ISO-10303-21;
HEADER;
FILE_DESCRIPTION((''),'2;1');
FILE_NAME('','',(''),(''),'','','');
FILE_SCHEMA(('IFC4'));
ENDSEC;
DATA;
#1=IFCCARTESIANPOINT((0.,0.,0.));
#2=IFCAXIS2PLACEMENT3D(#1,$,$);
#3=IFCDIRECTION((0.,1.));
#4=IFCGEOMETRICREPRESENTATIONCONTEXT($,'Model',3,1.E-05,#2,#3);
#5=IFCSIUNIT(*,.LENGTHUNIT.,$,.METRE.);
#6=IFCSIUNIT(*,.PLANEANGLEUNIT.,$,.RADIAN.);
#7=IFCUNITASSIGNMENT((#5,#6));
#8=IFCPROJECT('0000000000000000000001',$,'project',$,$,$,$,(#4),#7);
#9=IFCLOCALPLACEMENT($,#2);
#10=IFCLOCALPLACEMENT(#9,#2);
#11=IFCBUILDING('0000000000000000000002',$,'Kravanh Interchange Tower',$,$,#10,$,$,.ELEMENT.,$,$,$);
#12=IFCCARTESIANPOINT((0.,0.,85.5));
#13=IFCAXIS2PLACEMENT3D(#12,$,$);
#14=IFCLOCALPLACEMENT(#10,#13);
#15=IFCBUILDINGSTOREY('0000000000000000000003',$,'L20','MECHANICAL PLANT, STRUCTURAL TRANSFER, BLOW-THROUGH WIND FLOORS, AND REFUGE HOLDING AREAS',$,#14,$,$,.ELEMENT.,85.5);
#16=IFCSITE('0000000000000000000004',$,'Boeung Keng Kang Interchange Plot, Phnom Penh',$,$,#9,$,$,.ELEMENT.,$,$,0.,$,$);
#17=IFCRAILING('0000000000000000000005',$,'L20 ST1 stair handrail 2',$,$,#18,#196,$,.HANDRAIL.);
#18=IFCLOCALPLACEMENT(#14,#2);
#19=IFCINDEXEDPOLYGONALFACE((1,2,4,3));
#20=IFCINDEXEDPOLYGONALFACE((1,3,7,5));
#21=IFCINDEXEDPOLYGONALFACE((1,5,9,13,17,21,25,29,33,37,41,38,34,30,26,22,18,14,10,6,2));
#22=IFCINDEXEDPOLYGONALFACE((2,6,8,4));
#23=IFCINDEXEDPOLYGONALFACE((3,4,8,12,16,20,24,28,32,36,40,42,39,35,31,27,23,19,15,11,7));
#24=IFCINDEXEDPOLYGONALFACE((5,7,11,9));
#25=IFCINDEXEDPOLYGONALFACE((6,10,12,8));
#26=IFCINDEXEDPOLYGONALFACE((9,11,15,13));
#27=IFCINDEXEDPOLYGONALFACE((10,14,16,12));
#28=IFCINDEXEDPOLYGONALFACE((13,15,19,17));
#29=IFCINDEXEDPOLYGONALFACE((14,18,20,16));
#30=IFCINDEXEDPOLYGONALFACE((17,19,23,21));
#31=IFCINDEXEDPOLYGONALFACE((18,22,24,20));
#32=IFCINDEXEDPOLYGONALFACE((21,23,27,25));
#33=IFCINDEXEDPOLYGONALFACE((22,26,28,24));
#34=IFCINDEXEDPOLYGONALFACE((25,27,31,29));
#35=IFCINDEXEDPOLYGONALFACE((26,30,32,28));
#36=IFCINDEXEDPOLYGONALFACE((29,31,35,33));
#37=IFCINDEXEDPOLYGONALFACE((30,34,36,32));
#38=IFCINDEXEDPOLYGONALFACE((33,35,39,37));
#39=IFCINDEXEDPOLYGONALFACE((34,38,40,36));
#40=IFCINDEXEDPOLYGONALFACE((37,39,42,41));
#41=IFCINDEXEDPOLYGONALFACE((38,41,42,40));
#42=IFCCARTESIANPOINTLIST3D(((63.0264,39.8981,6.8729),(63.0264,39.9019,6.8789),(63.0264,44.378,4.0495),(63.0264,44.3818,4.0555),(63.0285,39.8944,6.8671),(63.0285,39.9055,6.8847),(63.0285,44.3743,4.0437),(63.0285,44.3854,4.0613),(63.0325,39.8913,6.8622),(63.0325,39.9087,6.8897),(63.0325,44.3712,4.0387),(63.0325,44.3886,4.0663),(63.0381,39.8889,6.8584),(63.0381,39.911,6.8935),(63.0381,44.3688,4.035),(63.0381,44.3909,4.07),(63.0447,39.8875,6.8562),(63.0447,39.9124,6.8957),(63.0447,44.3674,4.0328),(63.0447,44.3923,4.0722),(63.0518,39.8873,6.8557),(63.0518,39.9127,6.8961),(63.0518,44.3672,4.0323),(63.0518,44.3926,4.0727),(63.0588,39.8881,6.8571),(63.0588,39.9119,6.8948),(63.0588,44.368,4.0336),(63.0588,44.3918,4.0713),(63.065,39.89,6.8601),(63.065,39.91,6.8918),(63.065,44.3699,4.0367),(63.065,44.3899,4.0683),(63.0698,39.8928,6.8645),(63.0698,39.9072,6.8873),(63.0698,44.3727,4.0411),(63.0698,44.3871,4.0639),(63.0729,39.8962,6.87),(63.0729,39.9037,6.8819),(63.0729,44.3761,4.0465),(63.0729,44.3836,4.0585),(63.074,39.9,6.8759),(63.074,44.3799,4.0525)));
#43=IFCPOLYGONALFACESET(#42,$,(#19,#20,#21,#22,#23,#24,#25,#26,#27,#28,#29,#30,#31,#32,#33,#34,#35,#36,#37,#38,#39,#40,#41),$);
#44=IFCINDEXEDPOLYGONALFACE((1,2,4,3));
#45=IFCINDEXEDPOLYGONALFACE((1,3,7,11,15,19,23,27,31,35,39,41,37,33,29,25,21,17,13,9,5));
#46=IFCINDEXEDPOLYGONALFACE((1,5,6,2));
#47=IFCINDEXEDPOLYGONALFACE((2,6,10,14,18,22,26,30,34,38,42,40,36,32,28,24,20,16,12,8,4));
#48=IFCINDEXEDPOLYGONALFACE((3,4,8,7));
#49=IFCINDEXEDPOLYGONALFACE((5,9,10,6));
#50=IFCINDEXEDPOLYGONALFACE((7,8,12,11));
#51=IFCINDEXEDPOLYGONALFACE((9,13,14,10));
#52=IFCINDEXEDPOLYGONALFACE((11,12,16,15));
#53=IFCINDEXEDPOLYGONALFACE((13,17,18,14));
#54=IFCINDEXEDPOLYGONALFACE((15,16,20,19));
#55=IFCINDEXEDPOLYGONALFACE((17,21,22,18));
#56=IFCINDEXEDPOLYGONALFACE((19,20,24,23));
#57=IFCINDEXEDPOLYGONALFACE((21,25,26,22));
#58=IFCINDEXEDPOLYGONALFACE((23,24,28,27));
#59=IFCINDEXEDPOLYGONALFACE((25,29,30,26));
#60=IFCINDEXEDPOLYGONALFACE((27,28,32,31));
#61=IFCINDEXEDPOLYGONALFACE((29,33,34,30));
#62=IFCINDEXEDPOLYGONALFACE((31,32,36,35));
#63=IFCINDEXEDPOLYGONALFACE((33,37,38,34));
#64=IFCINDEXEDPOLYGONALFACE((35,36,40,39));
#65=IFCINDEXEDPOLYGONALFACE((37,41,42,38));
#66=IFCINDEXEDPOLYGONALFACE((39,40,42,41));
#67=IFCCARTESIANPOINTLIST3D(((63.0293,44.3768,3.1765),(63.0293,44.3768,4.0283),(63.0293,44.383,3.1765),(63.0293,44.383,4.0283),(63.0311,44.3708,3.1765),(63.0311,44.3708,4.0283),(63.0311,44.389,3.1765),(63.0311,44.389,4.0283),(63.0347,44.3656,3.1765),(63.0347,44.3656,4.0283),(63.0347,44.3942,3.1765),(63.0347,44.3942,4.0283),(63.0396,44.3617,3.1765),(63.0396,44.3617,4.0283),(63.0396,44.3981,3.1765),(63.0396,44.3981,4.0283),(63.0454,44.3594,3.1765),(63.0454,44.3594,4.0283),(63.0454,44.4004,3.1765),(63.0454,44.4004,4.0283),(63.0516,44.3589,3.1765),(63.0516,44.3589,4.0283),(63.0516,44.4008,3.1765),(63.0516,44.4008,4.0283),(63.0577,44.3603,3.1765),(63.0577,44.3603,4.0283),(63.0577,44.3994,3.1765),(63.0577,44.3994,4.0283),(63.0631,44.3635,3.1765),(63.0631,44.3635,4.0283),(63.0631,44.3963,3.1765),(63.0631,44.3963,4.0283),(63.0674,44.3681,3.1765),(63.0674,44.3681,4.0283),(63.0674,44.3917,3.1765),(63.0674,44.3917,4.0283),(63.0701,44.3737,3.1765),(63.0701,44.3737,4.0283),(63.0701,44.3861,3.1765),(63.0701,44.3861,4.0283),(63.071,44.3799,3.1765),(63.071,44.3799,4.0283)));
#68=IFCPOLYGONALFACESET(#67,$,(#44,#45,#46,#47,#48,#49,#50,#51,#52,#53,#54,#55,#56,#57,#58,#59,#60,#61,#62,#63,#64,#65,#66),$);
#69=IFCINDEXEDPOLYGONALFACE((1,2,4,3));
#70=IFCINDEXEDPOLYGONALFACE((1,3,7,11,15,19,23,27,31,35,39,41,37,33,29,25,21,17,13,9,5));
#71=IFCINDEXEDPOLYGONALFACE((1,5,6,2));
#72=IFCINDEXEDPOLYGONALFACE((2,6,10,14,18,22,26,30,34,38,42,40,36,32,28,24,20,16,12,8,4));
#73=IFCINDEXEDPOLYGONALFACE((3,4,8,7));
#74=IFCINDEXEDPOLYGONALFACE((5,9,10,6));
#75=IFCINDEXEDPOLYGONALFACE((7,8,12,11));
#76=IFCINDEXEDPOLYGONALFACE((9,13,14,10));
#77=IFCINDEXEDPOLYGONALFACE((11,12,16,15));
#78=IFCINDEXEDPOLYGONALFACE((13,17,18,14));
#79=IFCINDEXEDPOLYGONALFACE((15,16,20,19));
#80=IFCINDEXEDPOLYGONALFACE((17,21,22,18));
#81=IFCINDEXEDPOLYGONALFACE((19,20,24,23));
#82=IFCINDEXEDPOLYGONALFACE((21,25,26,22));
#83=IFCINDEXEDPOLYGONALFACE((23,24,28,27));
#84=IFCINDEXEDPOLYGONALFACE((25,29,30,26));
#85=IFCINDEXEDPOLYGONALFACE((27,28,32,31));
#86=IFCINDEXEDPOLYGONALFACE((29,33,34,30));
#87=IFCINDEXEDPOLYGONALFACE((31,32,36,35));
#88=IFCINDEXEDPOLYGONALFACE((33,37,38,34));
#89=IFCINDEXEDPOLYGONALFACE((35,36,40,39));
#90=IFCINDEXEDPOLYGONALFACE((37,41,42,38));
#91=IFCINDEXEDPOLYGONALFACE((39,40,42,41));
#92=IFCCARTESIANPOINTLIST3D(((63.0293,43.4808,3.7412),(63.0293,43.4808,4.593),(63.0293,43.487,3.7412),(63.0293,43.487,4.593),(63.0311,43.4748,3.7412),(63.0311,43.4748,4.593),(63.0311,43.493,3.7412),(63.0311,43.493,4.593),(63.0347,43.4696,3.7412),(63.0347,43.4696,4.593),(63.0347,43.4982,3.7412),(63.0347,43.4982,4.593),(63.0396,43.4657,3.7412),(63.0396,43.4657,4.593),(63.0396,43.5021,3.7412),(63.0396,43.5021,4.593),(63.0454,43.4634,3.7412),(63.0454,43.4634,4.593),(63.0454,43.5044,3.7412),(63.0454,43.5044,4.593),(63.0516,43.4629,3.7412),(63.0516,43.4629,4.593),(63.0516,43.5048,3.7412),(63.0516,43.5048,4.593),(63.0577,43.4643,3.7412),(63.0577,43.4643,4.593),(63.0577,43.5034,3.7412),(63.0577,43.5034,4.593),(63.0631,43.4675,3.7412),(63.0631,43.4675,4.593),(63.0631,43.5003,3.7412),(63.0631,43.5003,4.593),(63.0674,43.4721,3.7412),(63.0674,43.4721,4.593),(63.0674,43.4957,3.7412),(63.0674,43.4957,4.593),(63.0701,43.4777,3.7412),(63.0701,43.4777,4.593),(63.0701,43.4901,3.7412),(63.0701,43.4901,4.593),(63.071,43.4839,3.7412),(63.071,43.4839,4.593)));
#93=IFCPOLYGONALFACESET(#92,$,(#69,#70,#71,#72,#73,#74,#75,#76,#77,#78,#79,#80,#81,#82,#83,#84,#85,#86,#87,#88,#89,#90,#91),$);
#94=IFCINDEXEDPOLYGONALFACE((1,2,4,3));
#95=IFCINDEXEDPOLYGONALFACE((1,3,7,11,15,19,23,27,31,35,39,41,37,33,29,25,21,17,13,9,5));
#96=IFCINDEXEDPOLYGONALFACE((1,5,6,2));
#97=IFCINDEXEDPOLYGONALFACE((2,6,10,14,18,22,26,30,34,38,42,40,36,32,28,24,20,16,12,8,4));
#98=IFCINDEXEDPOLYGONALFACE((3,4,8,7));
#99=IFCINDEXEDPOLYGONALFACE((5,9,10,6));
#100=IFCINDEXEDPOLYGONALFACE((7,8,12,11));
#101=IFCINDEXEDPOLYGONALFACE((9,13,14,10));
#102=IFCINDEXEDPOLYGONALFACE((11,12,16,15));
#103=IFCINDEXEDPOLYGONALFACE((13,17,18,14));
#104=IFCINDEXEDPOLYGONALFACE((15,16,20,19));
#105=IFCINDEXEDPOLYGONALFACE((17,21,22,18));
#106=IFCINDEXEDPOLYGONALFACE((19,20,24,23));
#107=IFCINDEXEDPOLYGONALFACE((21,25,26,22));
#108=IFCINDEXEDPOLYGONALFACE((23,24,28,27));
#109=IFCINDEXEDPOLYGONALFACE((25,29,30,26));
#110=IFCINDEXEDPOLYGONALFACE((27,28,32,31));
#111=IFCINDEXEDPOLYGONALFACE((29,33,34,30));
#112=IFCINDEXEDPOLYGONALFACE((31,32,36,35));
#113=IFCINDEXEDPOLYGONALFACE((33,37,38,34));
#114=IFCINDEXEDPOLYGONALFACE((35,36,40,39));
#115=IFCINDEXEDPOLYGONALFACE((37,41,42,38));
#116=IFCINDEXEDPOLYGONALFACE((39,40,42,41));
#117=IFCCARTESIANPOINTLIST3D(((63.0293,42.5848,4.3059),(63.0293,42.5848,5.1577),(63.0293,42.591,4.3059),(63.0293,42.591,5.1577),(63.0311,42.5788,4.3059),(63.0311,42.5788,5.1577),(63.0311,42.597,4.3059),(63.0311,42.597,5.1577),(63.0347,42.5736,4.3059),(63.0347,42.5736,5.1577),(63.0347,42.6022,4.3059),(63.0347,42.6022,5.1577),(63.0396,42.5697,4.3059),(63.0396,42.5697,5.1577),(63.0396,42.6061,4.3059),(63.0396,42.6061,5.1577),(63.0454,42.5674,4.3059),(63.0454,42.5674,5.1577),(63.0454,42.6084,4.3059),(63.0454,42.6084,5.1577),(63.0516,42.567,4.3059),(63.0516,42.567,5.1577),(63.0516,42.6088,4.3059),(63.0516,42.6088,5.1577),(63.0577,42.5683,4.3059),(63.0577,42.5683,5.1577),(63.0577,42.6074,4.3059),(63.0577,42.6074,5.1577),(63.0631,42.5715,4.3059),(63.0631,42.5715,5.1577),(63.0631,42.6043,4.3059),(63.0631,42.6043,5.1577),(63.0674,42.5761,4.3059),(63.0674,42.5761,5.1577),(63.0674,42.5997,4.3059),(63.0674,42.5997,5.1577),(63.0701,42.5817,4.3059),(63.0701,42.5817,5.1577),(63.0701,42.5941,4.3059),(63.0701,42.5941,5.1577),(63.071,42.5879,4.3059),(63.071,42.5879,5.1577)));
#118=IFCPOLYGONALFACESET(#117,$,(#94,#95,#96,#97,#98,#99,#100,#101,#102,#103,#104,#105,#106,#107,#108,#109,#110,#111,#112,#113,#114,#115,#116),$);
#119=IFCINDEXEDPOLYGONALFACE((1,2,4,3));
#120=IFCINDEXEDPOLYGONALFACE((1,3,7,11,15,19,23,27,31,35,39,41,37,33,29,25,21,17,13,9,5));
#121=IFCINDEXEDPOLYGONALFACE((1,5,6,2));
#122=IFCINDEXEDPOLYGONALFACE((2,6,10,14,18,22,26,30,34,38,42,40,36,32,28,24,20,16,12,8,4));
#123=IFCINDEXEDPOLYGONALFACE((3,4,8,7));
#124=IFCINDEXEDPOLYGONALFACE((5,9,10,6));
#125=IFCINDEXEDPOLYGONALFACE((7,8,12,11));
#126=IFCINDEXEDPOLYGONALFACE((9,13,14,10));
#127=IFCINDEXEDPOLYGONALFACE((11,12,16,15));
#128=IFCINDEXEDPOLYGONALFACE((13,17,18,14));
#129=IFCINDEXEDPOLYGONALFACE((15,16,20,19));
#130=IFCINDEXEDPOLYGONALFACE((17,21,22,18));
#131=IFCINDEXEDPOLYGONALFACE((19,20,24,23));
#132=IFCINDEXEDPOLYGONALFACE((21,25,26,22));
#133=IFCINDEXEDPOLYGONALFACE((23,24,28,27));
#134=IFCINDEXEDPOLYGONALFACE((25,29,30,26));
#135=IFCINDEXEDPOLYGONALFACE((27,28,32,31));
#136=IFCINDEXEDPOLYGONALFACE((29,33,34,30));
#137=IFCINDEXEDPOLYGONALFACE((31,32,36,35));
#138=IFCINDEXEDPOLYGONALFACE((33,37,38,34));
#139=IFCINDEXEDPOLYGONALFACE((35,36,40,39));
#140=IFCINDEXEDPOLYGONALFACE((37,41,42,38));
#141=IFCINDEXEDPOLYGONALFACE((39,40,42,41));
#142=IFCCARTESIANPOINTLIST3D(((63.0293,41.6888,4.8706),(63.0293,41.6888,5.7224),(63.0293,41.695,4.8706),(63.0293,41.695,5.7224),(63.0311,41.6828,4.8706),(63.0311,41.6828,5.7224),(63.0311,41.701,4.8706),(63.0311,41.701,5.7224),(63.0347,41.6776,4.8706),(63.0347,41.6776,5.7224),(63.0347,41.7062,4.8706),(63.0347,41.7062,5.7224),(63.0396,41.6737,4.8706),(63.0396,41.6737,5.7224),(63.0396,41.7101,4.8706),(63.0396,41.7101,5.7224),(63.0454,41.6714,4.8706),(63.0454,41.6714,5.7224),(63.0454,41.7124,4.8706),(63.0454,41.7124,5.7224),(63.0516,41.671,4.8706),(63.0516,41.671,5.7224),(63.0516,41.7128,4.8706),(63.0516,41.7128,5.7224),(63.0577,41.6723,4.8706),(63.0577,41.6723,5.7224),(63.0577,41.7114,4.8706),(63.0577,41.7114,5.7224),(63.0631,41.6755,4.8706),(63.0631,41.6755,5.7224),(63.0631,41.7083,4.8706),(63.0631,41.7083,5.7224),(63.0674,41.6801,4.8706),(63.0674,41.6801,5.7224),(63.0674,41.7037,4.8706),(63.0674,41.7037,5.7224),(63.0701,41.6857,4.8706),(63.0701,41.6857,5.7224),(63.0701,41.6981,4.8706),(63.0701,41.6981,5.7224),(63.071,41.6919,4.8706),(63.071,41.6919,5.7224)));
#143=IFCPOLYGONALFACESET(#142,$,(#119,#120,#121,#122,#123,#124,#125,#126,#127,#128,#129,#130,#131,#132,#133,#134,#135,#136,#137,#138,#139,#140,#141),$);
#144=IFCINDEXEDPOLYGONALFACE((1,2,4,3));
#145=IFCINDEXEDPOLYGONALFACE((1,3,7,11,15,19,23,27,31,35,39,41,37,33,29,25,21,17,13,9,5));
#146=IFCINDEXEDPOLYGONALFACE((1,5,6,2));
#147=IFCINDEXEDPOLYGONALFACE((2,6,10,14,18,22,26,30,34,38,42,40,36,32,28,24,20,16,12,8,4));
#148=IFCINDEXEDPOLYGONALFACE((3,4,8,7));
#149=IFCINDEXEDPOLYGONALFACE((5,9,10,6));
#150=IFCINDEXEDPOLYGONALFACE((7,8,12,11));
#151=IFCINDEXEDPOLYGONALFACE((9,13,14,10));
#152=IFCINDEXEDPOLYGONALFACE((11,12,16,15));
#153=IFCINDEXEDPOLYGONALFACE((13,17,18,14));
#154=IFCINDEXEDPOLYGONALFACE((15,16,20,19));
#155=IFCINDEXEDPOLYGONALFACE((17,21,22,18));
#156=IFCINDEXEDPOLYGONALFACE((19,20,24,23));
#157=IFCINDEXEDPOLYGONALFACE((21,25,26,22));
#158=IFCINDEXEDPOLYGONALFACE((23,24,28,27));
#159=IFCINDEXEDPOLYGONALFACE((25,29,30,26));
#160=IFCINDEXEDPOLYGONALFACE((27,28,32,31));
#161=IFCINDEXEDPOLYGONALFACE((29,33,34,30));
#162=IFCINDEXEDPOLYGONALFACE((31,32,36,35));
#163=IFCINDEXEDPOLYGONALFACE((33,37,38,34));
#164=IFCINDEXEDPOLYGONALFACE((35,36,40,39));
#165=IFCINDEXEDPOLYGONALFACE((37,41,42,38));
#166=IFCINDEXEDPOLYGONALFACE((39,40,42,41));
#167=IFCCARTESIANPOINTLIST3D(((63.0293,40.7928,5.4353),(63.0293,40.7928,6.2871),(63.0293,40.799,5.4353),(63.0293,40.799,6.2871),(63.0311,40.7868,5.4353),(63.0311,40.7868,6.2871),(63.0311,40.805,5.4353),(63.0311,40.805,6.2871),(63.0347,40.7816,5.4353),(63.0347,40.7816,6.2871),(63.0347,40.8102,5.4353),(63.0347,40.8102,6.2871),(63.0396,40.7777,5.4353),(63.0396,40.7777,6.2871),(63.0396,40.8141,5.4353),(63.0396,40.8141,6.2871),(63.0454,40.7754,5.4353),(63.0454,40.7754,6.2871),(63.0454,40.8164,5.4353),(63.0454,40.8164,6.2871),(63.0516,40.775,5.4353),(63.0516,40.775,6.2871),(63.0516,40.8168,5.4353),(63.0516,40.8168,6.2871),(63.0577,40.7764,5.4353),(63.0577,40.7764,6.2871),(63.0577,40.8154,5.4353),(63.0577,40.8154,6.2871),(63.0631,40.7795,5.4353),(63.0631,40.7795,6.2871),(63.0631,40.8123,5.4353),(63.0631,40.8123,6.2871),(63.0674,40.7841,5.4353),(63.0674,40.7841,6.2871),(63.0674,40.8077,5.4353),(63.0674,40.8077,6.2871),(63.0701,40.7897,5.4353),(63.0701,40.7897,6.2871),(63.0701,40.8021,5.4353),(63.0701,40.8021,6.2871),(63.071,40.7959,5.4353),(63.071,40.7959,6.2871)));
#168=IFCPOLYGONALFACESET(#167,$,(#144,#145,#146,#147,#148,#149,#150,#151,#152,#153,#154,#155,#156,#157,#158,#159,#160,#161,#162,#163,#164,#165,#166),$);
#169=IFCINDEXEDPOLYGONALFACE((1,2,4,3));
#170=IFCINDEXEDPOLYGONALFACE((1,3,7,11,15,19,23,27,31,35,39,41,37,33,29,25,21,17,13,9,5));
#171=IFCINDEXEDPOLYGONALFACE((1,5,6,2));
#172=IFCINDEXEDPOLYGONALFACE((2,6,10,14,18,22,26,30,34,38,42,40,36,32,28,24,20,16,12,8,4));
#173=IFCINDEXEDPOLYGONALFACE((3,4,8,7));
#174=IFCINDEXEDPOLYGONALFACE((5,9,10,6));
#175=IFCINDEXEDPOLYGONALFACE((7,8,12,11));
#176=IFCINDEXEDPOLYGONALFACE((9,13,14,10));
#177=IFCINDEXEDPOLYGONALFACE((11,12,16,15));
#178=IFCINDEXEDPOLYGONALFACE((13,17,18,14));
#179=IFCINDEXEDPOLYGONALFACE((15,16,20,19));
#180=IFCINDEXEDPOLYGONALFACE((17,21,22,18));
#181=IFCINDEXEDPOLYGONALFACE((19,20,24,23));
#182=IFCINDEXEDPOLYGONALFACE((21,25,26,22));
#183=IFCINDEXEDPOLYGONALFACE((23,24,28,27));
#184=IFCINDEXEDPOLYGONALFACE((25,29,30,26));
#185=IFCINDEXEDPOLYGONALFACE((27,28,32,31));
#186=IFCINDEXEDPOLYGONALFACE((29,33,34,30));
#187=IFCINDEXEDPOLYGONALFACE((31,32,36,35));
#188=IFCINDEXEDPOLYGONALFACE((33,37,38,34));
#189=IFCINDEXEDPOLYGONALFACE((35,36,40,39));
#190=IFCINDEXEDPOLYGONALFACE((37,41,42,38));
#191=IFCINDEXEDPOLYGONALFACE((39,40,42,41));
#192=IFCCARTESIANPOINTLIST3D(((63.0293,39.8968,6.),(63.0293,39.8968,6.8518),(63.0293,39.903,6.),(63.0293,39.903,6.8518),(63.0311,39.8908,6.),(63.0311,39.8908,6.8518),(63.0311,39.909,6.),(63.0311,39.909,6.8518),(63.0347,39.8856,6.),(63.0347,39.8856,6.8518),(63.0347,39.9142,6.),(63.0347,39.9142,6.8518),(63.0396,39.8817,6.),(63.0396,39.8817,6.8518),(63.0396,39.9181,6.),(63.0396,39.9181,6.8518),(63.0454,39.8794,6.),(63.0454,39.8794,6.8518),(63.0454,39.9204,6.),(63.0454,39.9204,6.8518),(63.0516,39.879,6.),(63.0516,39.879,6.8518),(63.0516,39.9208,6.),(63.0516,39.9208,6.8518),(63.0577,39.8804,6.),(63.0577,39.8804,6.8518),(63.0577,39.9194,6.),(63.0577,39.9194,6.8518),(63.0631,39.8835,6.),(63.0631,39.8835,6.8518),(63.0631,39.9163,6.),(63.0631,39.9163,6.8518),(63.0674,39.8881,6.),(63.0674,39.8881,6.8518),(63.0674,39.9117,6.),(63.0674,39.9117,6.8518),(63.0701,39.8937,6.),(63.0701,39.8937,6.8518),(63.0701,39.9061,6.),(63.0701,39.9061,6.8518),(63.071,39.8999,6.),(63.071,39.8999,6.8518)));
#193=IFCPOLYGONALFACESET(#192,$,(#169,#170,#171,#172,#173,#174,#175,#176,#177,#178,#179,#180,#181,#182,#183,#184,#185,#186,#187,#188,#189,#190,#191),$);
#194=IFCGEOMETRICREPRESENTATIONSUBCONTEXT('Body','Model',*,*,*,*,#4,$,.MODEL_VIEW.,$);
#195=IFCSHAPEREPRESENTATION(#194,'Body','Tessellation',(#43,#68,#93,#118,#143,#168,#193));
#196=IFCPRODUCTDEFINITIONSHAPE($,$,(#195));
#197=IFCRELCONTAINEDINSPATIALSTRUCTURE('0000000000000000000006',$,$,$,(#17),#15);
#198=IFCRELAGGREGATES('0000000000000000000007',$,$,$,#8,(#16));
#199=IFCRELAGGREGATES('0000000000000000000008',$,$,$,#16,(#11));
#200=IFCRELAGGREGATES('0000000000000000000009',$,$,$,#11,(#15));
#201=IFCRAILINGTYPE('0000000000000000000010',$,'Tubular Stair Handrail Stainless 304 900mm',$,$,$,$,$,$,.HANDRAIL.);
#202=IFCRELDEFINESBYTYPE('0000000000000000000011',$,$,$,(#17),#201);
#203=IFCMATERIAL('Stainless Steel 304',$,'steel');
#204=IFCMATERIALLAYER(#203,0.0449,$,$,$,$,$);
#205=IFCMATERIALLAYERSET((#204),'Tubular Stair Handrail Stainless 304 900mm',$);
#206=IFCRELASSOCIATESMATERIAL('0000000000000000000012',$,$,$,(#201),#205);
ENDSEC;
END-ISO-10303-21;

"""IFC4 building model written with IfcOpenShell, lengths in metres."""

from ifc_helpers import new_model, si_unit, direction, frame, origin, origin_2d, place, context, subcontext, project, spatial, circle, extrude, material, layer, layer_set, type_object, element, save


model = new_model("IFC4")

# Units and contexts
model_context = context("Model", 3, precision=1e-05, world=origin(), true_north=direction((0.0, 1.0)))
body_context = subcontext(model_context, "Body", "Model", "MODEL_VIEW")
ifc_project = project(units=[si_unit("LENGTHUNIT", "METRE"), si_unit("PLANEANGLEUNIT", "RADIAN")], contexts=[model_context])

# Site, building, storey
site_placement = place(None, origin())
site = spatial("IfcSite", under=ifc_project, at=site_placement, Name="Boeung Keng Kang Interchange Plot, Phnom Penh", CompositionType="ELEMENT", RefElevation=0.0)
building_placement = place(site_placement, origin())
building = spatial("IfcBuilding", under=site, at=building_placement, Name="Kravanh Interchange Tower", CompositionType="ELEMENT")
storey_placement = place(building_placement, frame((0.0, 0.0, 85.5)))
storey = spatial("IfcBuildingStorey", under=building, at=storey_placement, Name="L20", Description="MECHANICAL PLANT, STRUCTURAL TRANSFER, BLOW-THROUGH WIND FLOORS, AND REFUGE HOLDING AREAS", CompositionType="ELEMENT", Elevation=85.5)

# Railing
ifc_material_1 = material(Name="Stainless Steel 304", Category="steel")
ifc_layer_1 = layer(ifc_material_1, 0.0449)
ifc_layer_set_1 = layer_set([ifc_layer_1], Name="Tubular Stair Handrail Stainless 304 900mm")
railing_type_1 = type_object("IfcRailingType", Name="Tubular Stair Handrail Stainless 304 900mm", PredefinedType="HANDRAIL", material=ifc_layer_set_1)
railing_1_placement = place(storey_placement, frame((63.05, 44.3799, 3.1765)))
element("IfcRailing", 1, at=railing_1_placement, inside=storey, type_object=railing_type_1, Name="L20 ST1 stair handrail 2", PredefinedType="HANDRAIL", context=body_context, shape_type="SweptSolid", body=[
    extrude(circle(Radius=0.0239, at=origin_2d()), frame((0.0, 0.0, 0.876), z_axis=(0.0, -0.845998, 0.533186), x_axis=(1.0, 0.0, 0.0)), (0.0, 0.0, 1.0), 5.2954),
    extrude(circle(Radius=0.021, at=origin_2d()), origin(), (0.0, 0.0, 1.0), 0.8518),
    extrude(circle(Radius=0.021, at=origin_2d()), frame((0.0, -0.896, 0.5647)), (0.0, 0.0, 1.0), 0.8518),
    extrude(circle(Radius=0.021, at=origin_2d()), frame((0.0, -1.792, 1.1294)), (0.0, 0.0, 1.0), 0.8518),
    extrude(circle(Radius=0.021, at=origin_2d()), frame((0.0, -2.688, 1.6941)), (0.0, 0.0, 1.0), 0.8518),
    extrude(circle(Radius=0.021, at=origin_2d()), frame((0.0, -3.584, 2.2588)), (0.0, 0.0, 1.0), 0.8518),
    extrude(circle(Radius=0.021, at=origin_2d()), frame((0.0, -4.48, 2.8235)), (0.0, 0.0, 1.0), 0.8518),
])

save(model, "model.ifc")
